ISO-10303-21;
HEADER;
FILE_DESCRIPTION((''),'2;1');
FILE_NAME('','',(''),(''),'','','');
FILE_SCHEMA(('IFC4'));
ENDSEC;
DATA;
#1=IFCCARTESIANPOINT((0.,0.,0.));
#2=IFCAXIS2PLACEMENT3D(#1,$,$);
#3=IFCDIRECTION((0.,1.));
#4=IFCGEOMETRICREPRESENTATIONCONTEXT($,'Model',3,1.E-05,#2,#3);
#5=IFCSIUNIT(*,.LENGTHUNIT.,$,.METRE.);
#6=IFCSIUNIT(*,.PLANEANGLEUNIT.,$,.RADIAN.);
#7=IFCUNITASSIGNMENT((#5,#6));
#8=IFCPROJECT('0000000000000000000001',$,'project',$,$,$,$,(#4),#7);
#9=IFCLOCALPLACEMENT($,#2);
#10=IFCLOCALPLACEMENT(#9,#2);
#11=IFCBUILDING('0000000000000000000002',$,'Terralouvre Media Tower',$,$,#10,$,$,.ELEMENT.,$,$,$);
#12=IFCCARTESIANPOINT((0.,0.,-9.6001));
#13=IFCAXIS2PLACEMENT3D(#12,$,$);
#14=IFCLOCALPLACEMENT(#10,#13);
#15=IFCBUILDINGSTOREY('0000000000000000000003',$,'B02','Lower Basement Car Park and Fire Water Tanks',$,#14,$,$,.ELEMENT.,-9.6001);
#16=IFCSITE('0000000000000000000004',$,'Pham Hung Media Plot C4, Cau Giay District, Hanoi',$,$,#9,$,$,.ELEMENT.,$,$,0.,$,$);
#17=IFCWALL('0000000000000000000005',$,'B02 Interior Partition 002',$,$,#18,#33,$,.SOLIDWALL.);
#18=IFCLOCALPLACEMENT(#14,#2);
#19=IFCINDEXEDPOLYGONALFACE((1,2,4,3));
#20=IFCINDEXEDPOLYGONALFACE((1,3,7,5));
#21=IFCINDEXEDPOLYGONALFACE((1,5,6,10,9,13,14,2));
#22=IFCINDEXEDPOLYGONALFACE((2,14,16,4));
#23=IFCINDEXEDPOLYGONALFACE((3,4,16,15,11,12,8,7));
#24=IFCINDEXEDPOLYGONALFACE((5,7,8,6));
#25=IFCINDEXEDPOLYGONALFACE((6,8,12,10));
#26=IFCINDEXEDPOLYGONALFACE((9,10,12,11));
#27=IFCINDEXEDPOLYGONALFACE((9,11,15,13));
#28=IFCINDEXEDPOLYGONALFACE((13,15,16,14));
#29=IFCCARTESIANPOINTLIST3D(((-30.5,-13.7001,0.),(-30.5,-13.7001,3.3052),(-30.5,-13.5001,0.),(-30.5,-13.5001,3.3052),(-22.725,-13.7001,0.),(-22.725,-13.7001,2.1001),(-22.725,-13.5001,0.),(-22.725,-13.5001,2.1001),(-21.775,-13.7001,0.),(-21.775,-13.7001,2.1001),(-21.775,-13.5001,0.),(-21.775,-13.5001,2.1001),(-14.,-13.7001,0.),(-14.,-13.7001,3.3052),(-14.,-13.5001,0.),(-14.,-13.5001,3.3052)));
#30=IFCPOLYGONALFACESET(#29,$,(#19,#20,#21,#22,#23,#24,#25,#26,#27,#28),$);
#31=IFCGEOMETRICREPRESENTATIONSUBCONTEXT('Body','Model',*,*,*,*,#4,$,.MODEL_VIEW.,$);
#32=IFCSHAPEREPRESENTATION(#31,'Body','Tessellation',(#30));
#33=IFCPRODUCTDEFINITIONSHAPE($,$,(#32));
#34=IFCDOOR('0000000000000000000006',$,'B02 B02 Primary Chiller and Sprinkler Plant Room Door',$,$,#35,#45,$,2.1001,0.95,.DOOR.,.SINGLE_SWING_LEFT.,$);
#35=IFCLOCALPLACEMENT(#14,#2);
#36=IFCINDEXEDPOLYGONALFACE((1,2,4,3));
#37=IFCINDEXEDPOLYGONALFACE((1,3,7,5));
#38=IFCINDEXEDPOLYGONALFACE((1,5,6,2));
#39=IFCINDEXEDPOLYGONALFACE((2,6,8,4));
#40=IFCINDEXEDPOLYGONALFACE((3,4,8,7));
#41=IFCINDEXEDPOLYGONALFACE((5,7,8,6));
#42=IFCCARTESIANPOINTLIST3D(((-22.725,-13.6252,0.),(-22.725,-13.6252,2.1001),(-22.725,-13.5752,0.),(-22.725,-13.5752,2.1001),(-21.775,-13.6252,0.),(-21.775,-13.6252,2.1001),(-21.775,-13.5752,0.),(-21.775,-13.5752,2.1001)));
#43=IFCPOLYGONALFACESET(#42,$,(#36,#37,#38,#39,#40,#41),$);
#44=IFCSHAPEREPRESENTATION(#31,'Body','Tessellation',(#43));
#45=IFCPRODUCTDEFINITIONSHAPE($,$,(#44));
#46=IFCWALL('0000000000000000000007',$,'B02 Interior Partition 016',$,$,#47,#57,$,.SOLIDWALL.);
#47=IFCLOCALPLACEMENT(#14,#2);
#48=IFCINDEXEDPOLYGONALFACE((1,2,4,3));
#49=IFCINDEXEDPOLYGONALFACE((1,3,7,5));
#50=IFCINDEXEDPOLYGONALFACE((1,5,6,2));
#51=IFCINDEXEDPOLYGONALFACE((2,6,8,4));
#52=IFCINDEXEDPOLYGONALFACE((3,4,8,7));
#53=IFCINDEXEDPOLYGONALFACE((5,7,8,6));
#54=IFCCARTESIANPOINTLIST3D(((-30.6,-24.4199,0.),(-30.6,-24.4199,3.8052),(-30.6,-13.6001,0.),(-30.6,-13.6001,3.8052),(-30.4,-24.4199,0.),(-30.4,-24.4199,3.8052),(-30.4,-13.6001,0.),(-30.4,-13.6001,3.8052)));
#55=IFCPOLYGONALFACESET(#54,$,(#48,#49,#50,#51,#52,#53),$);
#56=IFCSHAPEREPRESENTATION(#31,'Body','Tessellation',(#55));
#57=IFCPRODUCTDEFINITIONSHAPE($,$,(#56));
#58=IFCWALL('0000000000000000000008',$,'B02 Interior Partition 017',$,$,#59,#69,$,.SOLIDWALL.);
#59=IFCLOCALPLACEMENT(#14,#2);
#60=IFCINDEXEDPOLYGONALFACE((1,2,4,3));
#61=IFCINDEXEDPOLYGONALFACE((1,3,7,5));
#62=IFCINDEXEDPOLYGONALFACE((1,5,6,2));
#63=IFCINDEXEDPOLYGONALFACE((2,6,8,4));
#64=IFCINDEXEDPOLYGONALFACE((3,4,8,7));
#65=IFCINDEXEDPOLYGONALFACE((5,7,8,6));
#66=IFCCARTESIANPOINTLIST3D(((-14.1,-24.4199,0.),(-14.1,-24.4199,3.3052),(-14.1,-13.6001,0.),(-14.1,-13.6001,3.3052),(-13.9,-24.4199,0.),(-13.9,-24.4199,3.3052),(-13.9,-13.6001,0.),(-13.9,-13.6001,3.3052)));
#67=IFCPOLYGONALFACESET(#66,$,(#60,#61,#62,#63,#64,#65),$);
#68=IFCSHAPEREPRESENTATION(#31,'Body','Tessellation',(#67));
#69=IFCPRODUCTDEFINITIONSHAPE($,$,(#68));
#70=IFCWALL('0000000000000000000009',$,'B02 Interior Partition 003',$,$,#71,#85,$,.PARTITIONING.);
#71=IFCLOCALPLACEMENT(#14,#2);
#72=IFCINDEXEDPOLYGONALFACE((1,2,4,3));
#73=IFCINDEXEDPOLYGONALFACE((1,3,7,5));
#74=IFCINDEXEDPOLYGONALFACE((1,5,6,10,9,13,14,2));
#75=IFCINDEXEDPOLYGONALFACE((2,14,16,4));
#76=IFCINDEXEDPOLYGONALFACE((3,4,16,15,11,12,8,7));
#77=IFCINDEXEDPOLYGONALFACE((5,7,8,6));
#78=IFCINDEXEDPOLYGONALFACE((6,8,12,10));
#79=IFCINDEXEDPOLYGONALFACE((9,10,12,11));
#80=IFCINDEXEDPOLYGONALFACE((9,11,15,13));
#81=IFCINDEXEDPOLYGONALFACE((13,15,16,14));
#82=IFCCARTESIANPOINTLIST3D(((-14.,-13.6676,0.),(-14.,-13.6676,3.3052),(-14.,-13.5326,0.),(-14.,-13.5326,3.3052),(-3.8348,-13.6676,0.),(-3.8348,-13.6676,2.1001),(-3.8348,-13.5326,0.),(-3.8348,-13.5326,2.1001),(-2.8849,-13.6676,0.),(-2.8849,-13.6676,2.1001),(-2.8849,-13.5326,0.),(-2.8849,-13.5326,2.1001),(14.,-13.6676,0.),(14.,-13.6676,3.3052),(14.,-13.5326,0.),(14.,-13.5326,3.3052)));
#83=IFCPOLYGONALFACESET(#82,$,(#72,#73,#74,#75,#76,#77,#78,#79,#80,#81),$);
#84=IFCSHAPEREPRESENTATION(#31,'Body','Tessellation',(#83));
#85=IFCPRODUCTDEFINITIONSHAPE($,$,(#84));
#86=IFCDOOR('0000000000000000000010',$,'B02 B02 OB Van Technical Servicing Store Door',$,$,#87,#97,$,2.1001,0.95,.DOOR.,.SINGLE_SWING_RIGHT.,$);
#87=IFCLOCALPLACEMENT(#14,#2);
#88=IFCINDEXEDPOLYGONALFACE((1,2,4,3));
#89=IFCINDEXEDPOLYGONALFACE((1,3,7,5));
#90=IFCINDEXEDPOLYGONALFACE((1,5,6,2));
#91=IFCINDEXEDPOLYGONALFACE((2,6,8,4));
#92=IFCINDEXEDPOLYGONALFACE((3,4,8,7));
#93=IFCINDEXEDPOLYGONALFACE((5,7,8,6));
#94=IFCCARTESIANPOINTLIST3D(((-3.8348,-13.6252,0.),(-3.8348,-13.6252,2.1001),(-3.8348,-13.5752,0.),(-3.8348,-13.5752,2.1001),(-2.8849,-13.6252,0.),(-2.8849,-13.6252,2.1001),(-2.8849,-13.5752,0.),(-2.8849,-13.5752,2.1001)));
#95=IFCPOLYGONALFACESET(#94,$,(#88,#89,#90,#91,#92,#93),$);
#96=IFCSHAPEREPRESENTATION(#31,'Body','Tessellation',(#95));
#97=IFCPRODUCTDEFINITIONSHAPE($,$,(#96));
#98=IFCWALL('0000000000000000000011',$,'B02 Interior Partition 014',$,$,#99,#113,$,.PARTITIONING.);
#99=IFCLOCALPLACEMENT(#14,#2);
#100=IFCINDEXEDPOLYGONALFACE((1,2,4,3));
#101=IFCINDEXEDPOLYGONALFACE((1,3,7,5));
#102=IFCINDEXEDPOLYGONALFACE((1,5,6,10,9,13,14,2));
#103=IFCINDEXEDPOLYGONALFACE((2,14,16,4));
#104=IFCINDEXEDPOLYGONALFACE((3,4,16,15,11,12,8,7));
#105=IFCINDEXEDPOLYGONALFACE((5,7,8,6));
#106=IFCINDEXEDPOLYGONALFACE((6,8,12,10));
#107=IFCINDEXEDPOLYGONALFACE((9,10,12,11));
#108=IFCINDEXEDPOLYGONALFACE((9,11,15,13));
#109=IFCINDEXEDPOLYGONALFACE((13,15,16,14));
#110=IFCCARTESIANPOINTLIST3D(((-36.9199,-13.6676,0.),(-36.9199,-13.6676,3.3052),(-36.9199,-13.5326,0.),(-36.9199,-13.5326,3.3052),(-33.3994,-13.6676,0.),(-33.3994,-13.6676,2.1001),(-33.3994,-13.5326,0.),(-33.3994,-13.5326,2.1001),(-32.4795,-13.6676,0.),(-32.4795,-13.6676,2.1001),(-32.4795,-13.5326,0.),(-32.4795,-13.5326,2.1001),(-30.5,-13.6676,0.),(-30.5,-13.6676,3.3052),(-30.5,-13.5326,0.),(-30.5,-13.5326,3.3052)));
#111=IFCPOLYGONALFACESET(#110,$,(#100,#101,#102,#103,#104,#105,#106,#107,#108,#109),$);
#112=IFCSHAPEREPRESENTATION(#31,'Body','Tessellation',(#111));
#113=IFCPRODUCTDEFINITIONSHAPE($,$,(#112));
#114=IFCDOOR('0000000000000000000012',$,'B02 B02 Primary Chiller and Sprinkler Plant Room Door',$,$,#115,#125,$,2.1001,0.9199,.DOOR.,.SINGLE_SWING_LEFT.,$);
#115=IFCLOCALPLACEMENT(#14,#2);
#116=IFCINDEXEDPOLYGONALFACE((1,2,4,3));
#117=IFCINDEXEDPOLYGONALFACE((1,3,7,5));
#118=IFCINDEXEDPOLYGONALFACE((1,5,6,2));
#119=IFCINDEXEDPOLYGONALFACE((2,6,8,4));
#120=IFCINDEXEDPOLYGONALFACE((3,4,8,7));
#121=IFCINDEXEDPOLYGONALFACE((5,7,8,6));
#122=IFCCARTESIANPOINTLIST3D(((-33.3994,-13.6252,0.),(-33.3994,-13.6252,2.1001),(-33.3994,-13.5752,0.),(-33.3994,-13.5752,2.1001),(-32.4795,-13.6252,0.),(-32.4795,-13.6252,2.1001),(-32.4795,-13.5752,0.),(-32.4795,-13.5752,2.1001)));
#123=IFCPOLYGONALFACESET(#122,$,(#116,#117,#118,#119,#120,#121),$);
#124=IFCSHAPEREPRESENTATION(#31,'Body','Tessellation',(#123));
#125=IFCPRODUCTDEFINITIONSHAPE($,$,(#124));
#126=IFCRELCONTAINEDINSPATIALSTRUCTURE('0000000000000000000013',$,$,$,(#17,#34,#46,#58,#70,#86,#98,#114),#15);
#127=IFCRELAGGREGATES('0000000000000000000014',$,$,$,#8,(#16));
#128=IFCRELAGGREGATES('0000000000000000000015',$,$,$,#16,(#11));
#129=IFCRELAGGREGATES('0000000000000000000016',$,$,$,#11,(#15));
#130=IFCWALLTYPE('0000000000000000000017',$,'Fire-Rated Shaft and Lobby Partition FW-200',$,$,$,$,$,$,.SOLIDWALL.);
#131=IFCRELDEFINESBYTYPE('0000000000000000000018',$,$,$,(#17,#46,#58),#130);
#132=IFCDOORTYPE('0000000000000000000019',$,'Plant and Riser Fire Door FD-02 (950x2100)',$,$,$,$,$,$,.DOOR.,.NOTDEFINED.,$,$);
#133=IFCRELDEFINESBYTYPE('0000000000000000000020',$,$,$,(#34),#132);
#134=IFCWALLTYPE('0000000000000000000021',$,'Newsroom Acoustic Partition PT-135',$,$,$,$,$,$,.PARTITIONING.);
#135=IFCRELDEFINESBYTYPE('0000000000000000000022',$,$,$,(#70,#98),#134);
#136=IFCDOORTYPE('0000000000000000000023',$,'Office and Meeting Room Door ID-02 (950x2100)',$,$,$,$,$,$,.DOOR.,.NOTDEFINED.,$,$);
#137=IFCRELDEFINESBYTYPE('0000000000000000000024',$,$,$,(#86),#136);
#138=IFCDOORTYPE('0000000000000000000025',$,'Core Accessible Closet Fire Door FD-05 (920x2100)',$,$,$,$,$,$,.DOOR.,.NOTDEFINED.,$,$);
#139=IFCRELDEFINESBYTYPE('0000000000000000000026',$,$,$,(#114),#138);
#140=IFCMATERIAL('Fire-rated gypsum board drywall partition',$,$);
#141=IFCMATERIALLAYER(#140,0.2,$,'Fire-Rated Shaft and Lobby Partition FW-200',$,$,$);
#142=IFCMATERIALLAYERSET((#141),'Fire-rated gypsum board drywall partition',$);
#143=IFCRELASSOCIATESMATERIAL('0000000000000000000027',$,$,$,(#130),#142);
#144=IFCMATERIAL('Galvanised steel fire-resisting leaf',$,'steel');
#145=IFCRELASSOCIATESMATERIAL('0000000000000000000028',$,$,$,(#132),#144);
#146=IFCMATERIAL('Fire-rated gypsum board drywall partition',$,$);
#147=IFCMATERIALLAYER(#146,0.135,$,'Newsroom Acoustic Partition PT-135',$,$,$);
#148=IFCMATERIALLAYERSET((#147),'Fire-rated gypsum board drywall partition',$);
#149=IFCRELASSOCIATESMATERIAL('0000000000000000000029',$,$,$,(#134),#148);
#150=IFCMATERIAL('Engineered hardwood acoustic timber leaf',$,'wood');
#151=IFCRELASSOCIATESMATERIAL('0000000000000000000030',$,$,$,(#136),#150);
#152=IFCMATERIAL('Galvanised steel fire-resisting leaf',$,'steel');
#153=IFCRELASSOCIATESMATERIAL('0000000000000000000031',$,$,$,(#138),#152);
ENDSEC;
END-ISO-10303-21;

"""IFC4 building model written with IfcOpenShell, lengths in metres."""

from ifc_helpers import new_model, si_unit, direction, frame, frame_2d, origin, place, context, subcontext, project, spatial, rectangle, extrude, material, layer, layer_set, type_object, element, fill, save


model = new_model("IFC4")

# Units and contexts
model_context = context("Model", 3, precision=1e-05, world=origin(), true_north=direction((0.0, 1.0)))
body_context = subcontext(model_context, "Body", "Model", "MODEL_VIEW")
ifc_project = project(units=[si_unit("LENGTHUNIT", "METRE"), si_unit("PLANEANGLEUNIT", "RADIAN")], contexts=[model_context])

# Site, building, storey
site_placement = place(None, origin())
site = spatial("IfcSite", under=ifc_project, at=site_placement, Name="Pham Hung Media Plot C4, Cau Giay District, Hanoi", CompositionType="ELEMENT", RefElevation=0.0)
building_placement = place(site_placement, origin())
building = spatial("IfcBuilding", under=site, at=building_placement, Name="Terralouvre Media Tower", CompositionType="ELEMENT")
storey_placement = place(building_placement, frame((0.0, 0.0, -9.6001)))
storey = spatial("IfcBuildingStorey", under=building, at=storey_placement, Name="B02", Description="Lower Basement Car Park and Fire Water Tanks", CompositionType="ELEMENT", Elevation=-9.6001)

# Wall, opening, door
ifc_material_1 = material(Name="Fire-rated gypsum board drywall partition")
ifc_layer_1 = layer(ifc_material_1, 0.2, Name="Fire-Rated Shaft and Lobby Partition FW-200")
ifc_layer_set_1 = layer_set([ifc_layer_1], Name="Fire-rated gypsum board drywall partition")
wall_type_1 = type_object("IfcWallType", Name="Fire-Rated Shaft and Lobby Partition FW-200", PredefinedType="SOLIDWALL", material=ifc_layer_set_1)
wall_1_placement = place(storey_placement, frame((-30.5, -13.6001, 0.0), z_axis=(0.0, 0.0, 1.0), x_axis=(1.0, 0.0, 0.0)))
wall_1 = element("IfcWall", 1, at=wall_1_placement, inside=storey, type_object=wall_type_1, Name="B02 Interior Partition 002", PredefinedType="SOLIDWALL", context=body_context, shape_type="SweptSolid", body=[
    extrude(rectangle(XDim=16.5, YDim=0.2, at=frame_2d((8.25, 0.0))), origin(), (0.0, 0.0, 1.0), 3.3052),
])
opening_1_placement = place(wall_1_placement, frame((7.7749, 0.0, 0.0)))
opening_1 = element("IfcOpeningElement", 2, at=opening_1_placement, cuts=wall_1, PredefinedType="OPENING", context=body_context, shape_type="SweptSolid", body=[
    extrude(rectangle(XDim=0.95, YDim=2.1001, at=frame_2d((0.4751, 1.05))), frame((0.0, 0.1099, 0.0), z_axis=(0.0, -1.0, 0.0), x_axis=(1.0, 0.0, 0.0)), (0.0, 0.0, 1.0), 0.22),
])
ifc_material_2 = material(Name="Galvanised steel fire-resisting leaf", Category="steel")
door_type_1 = type_object("IfcDoorType", Name="Plant and Riser Fire Door FD-02 (950x2100)", OperationType="NOTDEFINED", PredefinedType="DOOR", material=ifc_material_2)
door_1_placement = place(opening_1_placement, origin())
door_1 = element("IfcDoor", 3, at=door_1_placement, inside=storey, type_object=door_type_1, Name="B02 B02 Primary Chiller and Sprinkler Plant Room Door", OperationType="SINGLE_SWING_LEFT", OverallHeight=2.1001, OverallWidth=0.95, PredefinedType="DOOR", context=body_context, shape_type="SweptSolid", body=[
    extrude(rectangle(XDim=0.95, YDim=2.1001, at=frame_2d((0.4751, 1.05))), frame((0.0, 0.0249, 0.0), z_axis=(0.0, -1.0, 0.0), x_axis=(1.0, 0.0, 0.0)), (0.0, 0.0, 1.0), 0.05),
])
fill(opening_1, door_1)

# Walls
wall_2_placement = place(storey_placement, frame((-30.5, -24.4199, 0.0), z_axis=(0.0, 0.0, 1.0), x_axis=(0.0, 1.0, 0.0)))
element("IfcWall", 4, at=wall_2_placement, inside=storey, type_object=wall_type_1, Name="B02 Interior Partition 016", PredefinedType="SOLIDWALL", context=body_context, shape_type="SweptSolid", body=[
    extrude(rectangle(XDim=10.8198, YDim=0.2, at=frame_2d((5.4099, 0.0))), origin(), (0.0, 0.0, 1.0), 3.8052),
])
wall_3_placement = place(storey_placement, frame((-14.0, -24.4199, 0.0), z_axis=(0.0, 0.0, 1.0), x_axis=(0.0, 1.0, 0.0)))
element("IfcWall", 5, at=wall_3_placement, inside=storey, type_object=wall_type_1, Name="B02 Interior Partition 017", PredefinedType="SOLIDWALL", context=body_context, shape_type="SweptSolid", body=[
    extrude(rectangle(XDim=10.8198, YDim=0.2, at=frame_2d((5.4099, 0.0))), origin(), (0.0, 0.0, 1.0), 3.3052),
])

# Walls, openings, doors
ifc_material_3 = material(Name="Fire-rated gypsum board drywall partition")
ifc_layer_2 = layer(ifc_material_3, 0.135, Name="Newsroom Acoustic Partition PT-135")
ifc_layer_set_2 = layer_set([ifc_layer_2], Name="Fire-rated gypsum board drywall partition")
wall_type_2 = type_object("IfcWallType", Name="Newsroom Acoustic Partition PT-135", PredefinedType="PARTITIONING", material=ifc_layer_set_2)
wall_4_placement = place(storey_placement, frame((-14.0, -13.6001, 0.0), z_axis=(0.0, 0.0, 1.0), x_axis=(1.0, 0.0, 0.0)))
wall_4 = element("IfcWall", 6, at=wall_4_placement, inside=storey, type_object=wall_type_2, Name="B02 Interior Partition 003", PredefinedType="PARTITIONING", context=body_context, shape_type="SweptSolid", body=[
    extrude(rectangle(XDim=28.0, YDim=0.135, at=frame_2d((14.0, 0.0))), origin(), (0.0, 0.0, 1.0), 3.3052),
])
opening_2_placement = place(wall_4_placement, frame((10.165, 0.0, 0.0)))
opening_2 = element("IfcOpeningElement", 7, at=opening_2_placement, cuts=wall_4, PredefinedType="OPENING", context=body_context, shape_type="SweptSolid", body=[
    extrude(rectangle(XDim=0.95, YDim=2.1001, at=frame_2d((0.4751, 1.05))), frame((0.0, 0.0774, 0.0), z_axis=(0.0, -1.0, 0.0), x_axis=(1.0, 0.0, 0.0)), (0.0, 0.0, 1.0), 0.155),
])
ifc_material_4 = material(Name="Engineered hardwood acoustic timber leaf", Category="wood")
door_type_2 = type_object("IfcDoorType", Name="Office and Meeting Room Door ID-02 (950x2100)", OperationType="NOTDEFINED", PredefinedType="DOOR", material=ifc_material_4)
door_2_placement = place(opening_2_placement, origin())
door_2 = element("IfcDoor", 8, at=door_2_placement, inside=storey, type_object=door_type_2, Name="B02 B02 OB Van Technical Servicing Store Door", OperationType="SINGLE_SWING_RIGHT", OverallHeight=2.1001, OverallWidth=0.95, PredefinedType="DOOR", context=body_context, shape_type="SweptSolid", body=[
    extrude(rectangle(XDim=0.95, YDim=2.1001, at=frame_2d((0.4751, 1.05))), frame((0.0, 0.0249, 0.0), z_axis=(0.0, -1.0, 0.0), x_axis=(1.0, 0.0, 0.0)), (0.0, 0.0, 1.0), 0.05),
])
fill(opening_2, door_2)
wall_5_placement = place(storey_placement, frame((-36.9199, -13.6001, 0.0), z_axis=(0.0, 0.0, 1.0), x_axis=(1.0, 0.0, 0.0)))
wall_5 = element("IfcWall", 9, at=wall_5_placement, inside=storey, type_object=wall_type_2, Name="B02 Interior Partition 014", PredefinedType="PARTITIONING", context=body_context, shape_type="SweptSolid", body=[
    extrude(rectangle(XDim=6.4199, YDim=0.135, at=frame_2d((3.21, 0.0))), origin(), (0.0, 0.0, 1.0), 3.3052),
])
opening_3_placement = place(wall_5_placement, frame((3.5205, 0.0, 0.0)))
opening_3 = element("IfcOpeningElement", 10, at=opening_3_placement, cuts=wall_5, PredefinedType="OPENING", context=body_context, shape_type="SweptSolid", body=[
    extrude(rectangle(XDim=0.9199, YDim=2.1001, at=frame_2d((0.46, 1.05))), frame((0.0, 0.0774, 0.0), z_axis=(0.0, -1.0, 0.0), x_axis=(1.0, 0.0, 0.0)), (0.0, 0.0, 1.0), 0.155),
])
ifc_material_5 = material(Name="Galvanised steel fire-resisting leaf", Category="steel")
door_type_3 = type_object("IfcDoorType", Name="Core Accessible Closet Fire Door FD-05 (920x2100)", OperationType="NOTDEFINED", PredefinedType="DOOR", material=ifc_material_5)
door_3_placement = place(opening_3_placement, origin())
door_3 = element("IfcDoor", 11, at=door_3_placement, inside=storey, type_object=door_type_3, Name="B02 B02 Primary Chiller and Sprinkler Plant Room Door", OperationType="SINGLE_SWING_LEFT", OverallHeight=2.1001, OverallWidth=0.9199, PredefinedType="DOOR", context=body_context, shape_type="SweptSolid", body=[
    extrude(rectangle(XDim=0.9199, YDim=2.1001, at=frame_2d((0.46, 1.05))), frame((0.0, 0.0249, 0.0), z_axis=(0.0, -1.0, 0.0), x_axis=(1.0, 0.0, 0.0)), (0.0, 0.0, 1.0), 0.05),
])
fill(opening_3, door_3)

save(model, "model.ifc")
